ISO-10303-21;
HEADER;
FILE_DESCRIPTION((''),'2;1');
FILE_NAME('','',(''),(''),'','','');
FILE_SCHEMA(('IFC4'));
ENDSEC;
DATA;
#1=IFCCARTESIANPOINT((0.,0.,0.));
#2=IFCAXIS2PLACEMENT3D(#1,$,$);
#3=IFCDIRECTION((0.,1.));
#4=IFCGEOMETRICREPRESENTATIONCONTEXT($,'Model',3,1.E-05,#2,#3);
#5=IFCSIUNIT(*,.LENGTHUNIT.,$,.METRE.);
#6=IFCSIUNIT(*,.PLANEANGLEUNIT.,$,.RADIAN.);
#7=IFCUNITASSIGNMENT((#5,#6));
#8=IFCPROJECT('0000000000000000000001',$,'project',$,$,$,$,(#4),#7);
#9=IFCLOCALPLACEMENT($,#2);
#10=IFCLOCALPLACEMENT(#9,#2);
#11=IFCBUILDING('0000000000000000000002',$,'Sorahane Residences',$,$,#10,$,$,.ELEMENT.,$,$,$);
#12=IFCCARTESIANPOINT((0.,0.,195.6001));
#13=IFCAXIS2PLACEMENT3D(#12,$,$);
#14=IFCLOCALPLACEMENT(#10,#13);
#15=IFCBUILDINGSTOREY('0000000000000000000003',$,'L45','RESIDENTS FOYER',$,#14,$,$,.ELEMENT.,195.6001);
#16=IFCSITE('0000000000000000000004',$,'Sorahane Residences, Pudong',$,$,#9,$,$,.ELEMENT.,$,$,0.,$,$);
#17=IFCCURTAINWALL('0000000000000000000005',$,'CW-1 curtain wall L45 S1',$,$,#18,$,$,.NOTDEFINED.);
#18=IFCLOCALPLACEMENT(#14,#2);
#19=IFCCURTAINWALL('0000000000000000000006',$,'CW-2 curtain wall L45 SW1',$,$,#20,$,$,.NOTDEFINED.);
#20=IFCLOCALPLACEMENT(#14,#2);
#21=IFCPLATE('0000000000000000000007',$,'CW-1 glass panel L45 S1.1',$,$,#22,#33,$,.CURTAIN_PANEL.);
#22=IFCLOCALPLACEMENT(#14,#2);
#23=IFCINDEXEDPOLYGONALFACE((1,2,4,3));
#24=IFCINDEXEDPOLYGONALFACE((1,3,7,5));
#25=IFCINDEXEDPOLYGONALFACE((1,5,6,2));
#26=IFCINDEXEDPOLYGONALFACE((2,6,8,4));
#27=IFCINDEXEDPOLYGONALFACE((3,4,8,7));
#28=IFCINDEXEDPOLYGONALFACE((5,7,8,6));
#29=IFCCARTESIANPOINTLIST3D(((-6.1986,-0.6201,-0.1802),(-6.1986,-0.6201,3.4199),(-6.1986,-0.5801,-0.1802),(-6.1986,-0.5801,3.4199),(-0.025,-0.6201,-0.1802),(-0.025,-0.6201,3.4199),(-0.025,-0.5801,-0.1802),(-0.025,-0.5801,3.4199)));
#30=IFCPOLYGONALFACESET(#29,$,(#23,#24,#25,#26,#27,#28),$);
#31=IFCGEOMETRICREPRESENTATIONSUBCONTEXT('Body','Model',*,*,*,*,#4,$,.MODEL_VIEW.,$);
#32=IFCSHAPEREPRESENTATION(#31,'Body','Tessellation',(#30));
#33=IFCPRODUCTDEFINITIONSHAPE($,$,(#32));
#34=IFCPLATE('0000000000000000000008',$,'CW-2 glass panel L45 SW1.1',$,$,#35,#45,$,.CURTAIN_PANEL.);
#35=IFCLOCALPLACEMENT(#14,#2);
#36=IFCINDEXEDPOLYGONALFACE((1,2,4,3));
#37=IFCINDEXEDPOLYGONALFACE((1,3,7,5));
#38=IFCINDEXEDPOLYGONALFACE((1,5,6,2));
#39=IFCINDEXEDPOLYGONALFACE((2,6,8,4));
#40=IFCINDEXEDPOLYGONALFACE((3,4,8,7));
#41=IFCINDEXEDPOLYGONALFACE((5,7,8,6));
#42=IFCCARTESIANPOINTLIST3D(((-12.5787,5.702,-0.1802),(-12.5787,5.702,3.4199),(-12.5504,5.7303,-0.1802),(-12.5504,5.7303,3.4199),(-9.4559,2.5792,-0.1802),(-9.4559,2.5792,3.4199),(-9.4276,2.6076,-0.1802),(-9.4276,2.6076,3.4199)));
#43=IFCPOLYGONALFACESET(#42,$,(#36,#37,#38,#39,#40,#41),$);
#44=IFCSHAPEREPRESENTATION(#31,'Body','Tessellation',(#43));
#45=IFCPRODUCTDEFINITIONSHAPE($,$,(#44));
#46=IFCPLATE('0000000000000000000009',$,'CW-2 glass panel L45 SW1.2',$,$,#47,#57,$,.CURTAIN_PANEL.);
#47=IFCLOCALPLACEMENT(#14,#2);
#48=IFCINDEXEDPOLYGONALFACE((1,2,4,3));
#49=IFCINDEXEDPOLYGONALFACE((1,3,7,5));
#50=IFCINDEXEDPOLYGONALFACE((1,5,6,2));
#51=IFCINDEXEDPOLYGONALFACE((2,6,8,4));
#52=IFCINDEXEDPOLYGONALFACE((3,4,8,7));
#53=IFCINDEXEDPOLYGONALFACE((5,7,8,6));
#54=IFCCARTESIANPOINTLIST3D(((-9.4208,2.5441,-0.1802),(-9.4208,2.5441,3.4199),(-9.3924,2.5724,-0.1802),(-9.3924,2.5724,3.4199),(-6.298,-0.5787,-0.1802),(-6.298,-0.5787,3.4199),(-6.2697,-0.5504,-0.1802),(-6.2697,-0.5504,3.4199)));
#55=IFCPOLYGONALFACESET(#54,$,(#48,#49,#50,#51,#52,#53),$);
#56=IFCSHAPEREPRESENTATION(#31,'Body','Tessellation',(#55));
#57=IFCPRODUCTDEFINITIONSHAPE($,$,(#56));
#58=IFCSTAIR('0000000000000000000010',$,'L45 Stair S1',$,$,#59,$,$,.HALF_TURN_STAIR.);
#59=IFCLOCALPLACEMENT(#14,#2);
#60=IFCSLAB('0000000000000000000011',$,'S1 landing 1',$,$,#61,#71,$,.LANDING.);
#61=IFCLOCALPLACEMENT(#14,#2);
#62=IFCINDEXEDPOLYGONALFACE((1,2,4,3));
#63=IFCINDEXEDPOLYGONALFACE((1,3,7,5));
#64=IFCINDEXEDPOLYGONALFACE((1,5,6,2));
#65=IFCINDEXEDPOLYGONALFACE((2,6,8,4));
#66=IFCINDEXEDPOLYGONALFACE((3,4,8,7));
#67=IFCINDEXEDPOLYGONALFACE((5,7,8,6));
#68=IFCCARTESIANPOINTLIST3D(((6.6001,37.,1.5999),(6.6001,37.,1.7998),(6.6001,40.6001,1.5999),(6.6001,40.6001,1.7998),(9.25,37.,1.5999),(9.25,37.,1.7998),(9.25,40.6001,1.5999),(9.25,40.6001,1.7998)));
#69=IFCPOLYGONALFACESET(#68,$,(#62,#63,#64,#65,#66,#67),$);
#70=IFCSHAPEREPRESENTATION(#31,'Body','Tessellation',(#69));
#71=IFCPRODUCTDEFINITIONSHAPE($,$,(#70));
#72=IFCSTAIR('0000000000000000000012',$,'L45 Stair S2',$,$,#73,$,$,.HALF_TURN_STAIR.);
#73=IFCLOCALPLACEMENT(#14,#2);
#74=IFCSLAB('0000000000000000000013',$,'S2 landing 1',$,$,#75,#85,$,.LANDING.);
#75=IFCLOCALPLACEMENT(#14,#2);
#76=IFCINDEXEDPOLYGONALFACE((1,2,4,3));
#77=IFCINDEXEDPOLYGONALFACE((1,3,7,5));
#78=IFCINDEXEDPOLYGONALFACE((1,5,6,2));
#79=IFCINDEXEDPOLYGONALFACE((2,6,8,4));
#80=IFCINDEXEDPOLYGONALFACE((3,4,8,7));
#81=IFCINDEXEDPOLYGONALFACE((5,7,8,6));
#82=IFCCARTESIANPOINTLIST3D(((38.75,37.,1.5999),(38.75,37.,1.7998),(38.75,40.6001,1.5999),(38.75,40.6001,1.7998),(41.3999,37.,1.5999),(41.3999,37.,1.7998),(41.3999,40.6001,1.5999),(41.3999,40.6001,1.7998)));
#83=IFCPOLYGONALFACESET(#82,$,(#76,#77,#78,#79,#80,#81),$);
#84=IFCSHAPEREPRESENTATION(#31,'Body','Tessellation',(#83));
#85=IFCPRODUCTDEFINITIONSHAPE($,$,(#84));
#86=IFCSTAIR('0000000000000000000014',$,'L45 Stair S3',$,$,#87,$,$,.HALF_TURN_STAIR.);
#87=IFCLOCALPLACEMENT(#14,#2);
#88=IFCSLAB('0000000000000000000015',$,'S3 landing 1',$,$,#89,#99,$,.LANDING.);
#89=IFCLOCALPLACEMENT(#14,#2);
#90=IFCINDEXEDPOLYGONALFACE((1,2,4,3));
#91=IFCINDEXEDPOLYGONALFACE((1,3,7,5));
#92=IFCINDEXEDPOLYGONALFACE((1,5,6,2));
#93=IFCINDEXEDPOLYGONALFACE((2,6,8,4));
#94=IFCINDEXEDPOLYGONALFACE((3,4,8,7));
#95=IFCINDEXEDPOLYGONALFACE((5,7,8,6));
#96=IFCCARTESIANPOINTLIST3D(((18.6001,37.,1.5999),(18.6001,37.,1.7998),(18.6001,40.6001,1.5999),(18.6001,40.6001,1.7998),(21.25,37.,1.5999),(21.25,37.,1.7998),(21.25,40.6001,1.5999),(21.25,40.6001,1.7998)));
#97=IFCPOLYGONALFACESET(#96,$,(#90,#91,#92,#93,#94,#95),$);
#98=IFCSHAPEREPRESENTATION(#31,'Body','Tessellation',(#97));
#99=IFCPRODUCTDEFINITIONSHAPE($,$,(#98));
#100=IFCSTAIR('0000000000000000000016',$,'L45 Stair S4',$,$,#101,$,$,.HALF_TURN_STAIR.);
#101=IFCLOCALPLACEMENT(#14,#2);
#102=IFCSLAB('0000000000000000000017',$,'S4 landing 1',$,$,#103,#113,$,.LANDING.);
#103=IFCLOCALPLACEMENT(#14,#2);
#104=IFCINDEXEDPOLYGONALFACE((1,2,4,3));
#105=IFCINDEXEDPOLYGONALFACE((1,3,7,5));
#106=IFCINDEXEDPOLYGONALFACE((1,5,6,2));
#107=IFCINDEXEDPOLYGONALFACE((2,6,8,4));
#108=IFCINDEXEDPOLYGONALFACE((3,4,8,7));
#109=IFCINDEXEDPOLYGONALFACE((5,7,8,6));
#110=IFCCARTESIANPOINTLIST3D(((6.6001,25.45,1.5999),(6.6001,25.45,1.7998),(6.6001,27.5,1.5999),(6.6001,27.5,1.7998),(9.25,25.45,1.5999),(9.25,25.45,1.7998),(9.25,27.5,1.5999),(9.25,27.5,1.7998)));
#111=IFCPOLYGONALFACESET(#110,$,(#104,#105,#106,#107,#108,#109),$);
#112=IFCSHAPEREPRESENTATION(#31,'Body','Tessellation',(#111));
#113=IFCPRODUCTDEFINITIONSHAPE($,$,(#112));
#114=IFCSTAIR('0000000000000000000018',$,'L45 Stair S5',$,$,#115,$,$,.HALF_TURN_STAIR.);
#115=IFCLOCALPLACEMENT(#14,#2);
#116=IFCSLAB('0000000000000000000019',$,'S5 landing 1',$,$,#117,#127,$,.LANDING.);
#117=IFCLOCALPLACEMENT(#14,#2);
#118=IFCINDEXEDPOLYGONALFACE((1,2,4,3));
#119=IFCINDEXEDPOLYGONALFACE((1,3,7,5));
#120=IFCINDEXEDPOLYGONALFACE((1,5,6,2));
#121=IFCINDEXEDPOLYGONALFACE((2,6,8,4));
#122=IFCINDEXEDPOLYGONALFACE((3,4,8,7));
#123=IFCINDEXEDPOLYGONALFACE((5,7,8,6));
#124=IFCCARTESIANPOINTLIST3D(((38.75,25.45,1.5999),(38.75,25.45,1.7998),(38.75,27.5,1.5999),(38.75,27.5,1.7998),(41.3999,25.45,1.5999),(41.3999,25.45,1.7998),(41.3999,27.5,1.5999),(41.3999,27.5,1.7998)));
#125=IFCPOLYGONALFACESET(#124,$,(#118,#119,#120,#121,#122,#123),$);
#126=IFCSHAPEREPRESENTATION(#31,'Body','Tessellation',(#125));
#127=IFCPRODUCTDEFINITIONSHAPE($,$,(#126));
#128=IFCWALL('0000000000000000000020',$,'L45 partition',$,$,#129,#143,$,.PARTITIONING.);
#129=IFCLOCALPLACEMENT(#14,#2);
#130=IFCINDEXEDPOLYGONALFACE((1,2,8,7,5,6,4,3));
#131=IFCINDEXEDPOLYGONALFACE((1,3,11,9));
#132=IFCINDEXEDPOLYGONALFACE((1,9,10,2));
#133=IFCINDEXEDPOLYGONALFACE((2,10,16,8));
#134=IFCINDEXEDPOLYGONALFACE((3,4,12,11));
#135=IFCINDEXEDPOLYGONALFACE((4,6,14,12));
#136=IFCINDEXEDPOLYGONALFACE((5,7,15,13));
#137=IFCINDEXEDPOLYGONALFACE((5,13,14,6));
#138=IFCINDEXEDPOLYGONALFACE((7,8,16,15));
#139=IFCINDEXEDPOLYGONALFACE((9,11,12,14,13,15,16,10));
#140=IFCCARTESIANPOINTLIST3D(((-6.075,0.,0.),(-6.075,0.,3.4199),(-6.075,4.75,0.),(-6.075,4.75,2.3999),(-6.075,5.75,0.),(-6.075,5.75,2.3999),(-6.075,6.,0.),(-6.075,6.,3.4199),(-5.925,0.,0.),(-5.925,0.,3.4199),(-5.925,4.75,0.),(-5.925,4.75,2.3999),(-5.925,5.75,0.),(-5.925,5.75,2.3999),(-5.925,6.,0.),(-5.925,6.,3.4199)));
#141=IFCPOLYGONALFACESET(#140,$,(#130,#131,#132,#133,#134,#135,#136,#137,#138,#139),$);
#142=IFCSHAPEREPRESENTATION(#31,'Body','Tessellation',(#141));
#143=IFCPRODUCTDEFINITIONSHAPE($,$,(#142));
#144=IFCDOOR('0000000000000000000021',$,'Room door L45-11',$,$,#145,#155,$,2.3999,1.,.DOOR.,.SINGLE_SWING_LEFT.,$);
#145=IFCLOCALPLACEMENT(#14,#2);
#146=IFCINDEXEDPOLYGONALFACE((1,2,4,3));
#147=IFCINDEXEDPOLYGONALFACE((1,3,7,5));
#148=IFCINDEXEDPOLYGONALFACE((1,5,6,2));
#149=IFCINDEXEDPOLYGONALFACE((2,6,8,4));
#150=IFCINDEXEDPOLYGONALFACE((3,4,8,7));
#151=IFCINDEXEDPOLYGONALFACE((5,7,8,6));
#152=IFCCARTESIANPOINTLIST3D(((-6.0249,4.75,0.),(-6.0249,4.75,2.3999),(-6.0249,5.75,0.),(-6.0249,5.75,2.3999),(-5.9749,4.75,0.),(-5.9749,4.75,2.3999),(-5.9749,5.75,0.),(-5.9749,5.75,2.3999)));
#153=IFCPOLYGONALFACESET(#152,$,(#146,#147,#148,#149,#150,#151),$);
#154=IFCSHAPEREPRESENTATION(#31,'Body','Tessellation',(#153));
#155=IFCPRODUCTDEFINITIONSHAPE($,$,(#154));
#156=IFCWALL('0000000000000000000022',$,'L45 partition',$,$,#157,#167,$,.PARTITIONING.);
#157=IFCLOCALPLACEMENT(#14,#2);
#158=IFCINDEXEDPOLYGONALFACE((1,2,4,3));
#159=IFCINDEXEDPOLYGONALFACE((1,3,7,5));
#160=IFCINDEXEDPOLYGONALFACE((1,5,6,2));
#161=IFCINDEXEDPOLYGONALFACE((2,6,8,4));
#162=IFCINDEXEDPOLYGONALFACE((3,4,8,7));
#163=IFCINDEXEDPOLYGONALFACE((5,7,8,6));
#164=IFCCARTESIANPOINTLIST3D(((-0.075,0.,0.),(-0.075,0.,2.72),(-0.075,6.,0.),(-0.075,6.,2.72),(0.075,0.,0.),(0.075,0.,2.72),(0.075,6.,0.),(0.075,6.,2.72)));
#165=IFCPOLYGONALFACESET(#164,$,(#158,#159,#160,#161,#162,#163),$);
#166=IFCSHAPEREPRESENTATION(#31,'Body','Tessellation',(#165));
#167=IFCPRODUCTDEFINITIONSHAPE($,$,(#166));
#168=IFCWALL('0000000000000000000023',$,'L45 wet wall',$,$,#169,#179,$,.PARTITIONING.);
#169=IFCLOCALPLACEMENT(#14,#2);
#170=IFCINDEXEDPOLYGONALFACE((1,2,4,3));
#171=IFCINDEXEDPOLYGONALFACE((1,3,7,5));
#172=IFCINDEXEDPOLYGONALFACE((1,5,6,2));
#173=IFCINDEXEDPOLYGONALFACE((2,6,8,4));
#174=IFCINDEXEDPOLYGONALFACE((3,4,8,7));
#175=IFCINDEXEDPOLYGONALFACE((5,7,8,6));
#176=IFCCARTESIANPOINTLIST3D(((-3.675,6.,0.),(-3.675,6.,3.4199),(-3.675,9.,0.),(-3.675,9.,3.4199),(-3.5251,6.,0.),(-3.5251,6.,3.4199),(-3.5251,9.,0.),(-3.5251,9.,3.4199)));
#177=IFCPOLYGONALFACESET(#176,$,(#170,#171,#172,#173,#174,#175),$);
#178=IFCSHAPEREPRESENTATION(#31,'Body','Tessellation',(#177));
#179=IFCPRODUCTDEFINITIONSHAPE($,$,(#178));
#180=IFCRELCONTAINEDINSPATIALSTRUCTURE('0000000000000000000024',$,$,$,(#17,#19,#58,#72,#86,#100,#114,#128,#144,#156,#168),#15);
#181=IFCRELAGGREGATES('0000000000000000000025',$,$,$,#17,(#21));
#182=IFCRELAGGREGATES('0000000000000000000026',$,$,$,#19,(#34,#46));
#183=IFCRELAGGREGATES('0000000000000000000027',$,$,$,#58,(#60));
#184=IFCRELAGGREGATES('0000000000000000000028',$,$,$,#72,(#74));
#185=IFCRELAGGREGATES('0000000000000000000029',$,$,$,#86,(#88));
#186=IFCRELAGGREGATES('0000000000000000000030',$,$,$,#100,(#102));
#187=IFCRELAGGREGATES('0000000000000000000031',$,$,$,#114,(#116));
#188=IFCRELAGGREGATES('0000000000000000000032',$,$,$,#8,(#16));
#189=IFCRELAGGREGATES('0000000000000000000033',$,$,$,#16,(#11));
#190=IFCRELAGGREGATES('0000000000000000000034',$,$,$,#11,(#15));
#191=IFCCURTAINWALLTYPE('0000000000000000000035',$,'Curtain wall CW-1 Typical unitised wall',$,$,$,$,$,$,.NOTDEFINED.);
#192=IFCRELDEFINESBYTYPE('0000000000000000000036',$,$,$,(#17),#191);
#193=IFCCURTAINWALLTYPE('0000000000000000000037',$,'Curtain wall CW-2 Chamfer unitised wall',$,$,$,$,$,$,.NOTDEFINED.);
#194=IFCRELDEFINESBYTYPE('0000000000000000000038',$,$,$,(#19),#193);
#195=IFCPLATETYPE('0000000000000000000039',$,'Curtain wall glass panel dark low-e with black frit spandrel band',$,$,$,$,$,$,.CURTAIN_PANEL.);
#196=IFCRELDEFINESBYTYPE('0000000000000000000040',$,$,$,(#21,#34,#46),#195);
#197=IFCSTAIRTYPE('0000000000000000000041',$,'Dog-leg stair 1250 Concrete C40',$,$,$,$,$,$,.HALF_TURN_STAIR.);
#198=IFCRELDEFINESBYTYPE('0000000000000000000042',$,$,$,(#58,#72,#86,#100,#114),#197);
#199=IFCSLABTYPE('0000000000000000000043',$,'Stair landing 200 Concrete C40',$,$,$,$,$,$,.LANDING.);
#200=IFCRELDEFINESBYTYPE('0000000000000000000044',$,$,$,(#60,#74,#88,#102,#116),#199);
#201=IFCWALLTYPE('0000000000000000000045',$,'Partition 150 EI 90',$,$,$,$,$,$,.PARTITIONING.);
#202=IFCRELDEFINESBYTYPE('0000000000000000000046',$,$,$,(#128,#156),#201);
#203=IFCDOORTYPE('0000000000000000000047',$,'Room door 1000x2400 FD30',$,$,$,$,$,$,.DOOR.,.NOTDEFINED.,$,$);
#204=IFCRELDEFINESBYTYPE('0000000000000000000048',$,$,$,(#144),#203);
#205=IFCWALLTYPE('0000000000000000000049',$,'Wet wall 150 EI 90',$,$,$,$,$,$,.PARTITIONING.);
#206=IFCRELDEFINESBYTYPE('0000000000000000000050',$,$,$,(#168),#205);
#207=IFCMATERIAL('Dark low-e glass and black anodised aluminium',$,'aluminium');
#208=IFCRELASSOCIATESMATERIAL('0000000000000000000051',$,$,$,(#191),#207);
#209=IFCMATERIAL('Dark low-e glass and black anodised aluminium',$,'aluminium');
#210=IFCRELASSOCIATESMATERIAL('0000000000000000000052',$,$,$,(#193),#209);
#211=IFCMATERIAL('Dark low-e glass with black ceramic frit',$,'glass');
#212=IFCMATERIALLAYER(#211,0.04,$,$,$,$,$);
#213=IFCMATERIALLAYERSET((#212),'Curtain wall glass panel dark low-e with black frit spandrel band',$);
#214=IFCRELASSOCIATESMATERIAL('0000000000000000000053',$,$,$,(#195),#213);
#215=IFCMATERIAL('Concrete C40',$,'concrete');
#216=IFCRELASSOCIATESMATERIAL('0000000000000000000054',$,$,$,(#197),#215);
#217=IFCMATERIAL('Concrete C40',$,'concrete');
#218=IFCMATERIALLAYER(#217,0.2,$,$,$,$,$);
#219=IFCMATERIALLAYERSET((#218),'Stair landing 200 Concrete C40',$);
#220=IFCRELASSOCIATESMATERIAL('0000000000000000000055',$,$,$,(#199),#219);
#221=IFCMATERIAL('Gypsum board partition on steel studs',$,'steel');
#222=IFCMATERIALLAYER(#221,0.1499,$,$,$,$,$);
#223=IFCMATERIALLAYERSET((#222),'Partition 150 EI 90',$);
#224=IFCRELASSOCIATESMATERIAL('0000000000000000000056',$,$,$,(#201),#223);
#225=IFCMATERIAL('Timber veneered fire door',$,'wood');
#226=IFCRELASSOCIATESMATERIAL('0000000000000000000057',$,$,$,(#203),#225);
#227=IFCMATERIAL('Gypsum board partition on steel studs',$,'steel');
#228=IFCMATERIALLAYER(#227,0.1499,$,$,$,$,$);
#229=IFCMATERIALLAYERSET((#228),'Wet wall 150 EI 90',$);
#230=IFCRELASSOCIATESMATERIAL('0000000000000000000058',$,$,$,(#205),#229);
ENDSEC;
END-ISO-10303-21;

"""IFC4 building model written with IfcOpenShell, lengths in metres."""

from ifc_helpers import new_model, si_unit, direction, frame, frame_2d, origin, origin_2d, place, context, subcontext, project, spatial, polyline, rectangle, outline, extrude, material, layer, layer_set, type_object, element, fill, aggregate, save


model = new_model("IFC4")

# Units and contexts
model_context = context("Model", 3, precision=1e-05, world=origin(), true_north=direction((0.0, 1.0)))
body_context = subcontext(model_context, "Body", "Model", "MODEL_VIEW")
ifc_project = project(units=[si_unit("LENGTHUNIT", "METRE"), si_unit("PLANEANGLEUNIT", "RADIAN")], contexts=[model_context])

# Site, building, storey
site_placement = place(None, origin())
site = spatial("IfcSite", under=ifc_project, at=site_placement, Name="Sorahane Residences, Pudong", CompositionType="ELEMENT", RefElevation=0.0)
building_placement = place(site_placement, origin())
building = spatial("IfcBuilding", under=site, at=building_placement, Name="Sorahane Residences", CompositionType="ELEMENT")
storey_placement = place(building_placement, frame((0.0, 0.0, 195.6001)))
storey = spatial("IfcBuildingStorey", under=building, at=storey_placement, Name="L45", Description="RESIDENTS FOYER", CompositionType="ELEMENT", Elevation=195.6001)

# Curtain wall
ifc_material_1 = material(Name="Dark low-e glass and black anodised aluminium", Category="aluminium")
curtain_wall_type_1 = type_object("IfcCurtainWallType", Name="Curtain wall CW-1 Typical unitised wall", PredefinedType="NOTDEFINED", material=ifc_material_1)
curtain_wall_1_placement = place(storey_placement, origin())
curtain_wall_1 = element("IfcCurtainWall", 1, at=curtain_wall_1_placement, inside=storey, type_object=curtain_wall_type_1, Name="CW-1 curtain wall L45 S1", PredefinedType="NOTDEFINED")

# Curtain wall
ifc_material_2 = material(Name="Dark low-e glass and black anodised aluminium", Category="aluminium")
curtain_wall_type_2 = type_object("IfcCurtainWallType", Name="Curtain wall CW-2 Chamfer unitised wall", PredefinedType="NOTDEFINED", material=ifc_material_2)
curtain_wall_2_placement = place(storey_placement, origin())
curtain_wall_2 = element("IfcCurtainWall", 2, at=curtain_wall_2_placement, inside=storey, type_object=curtain_wall_type_2, Name="CW-2 curtain wall L45 SW1", PredefinedType="NOTDEFINED")

# Plates
ifc_material_3 = material(Name="Dark low-e glass with black ceramic frit", Category="glass")
ifc_layer_1 = layer(ifc_material_3, 0.04)
ifc_layer_set_1 = layer_set([ifc_layer_1], Name="Curtain wall glass panel dark low-e with black frit spandrel band")
plate_type = type_object("IfcPlateType", Name="Curtain wall glass panel dark low-e with black frit spandrel band", PredefinedType="CURTAIN_PANEL", material=ifc_layer_set_1)
plate_1_placement = place(storey_placement, frame((-3.1118, -0.6001, -0.1802), z_axis=(0.0, 0.0, 1.0), x_axis=(1.0, 0.0, 0.0)))
plate_1 = element("IfcPlate", 3, at=plate_1_placement, type_object=plate_type, Name="CW-1 glass panel L45 S1.1", PredefinedType="CURTAIN_PANEL", context=body_context, shape_type="SweptSolid", body=[
    extrude(rectangle(XDim=6.1736, YDim=0.04, at=origin_2d()), origin(), (0.0, 0.0, 1.0), 3.6001),
])
aggregate(curtain_wall_1, [plate_1])
plate_2_placement = place(storey_placement, frame((-11.0032, 4.1548, -0.1802), z_axis=(0.0, 0.0, 1.0), x_axis=(0.707107, -0.707107, 0.0)))
plate_2 = element("IfcPlate", 4, at=plate_2_placement, type_object=plate_type, Name="CW-2 glass panel L45 SW1.1", PredefinedType="CURTAIN_PANEL", context=body_context, shape_type="SweptSolid", body=[
    extrude(rectangle(XDim=4.4163, YDim=0.04, at=origin_2d()), origin(), (0.0, 0.0, 1.0), 3.6001),
])
plate_3_placement = place(storey_placement, frame((-7.8452, 0.9968, -0.1802), z_axis=(0.0, 0.0, 1.0), x_axis=(0.707107, -0.707107, 0.0)))
plate_3 = element("IfcPlate", 5, at=plate_3_placement, type_object=plate_type, Name="CW-2 glass panel L45 SW1.2", PredefinedType="CURTAIN_PANEL", context=body_context, shape_type="SweptSolid", body=[
    extrude(rectangle(XDim=4.4163, YDim=0.04, at=origin_2d()), origin(), (0.0, 0.0, 1.0), 3.6001),
])
aggregate(curtain_wall_2, [plate_2, plate_3])

# Stairs, slabs
ifc_material_4 = material(Name="Concrete C40", Category="concrete")
stair_type = type_object("IfcStairType", Name="Dog-leg stair 1250 Concrete C40", PredefinedType="HALF_TURN_STAIR", material=ifc_material_4)
stair_1_placement = place(storey_placement, origin())
stair_1 = element("IfcStair", 6, at=stair_1_placement, inside=storey, type_object=stair_type, Name="L45 Stair S1", PredefinedType="HALF_TURN_STAIR")
ifc_material_5 = material(Name="Concrete C40", Category="concrete")
ifc_layer_2 = layer(ifc_material_5, 0.2)
ifc_layer_set_2 = layer_set([ifc_layer_2], Name="Stair landing 200 Concrete C40")
slab_type_1 = type_object("IfcSlabType", Name="Stair landing 200 Concrete C40", PredefinedType="LANDING", material=ifc_layer_set_2)
slab_1_placement = place(storey_placement, frame((0.0, 0.0, 1.5999)))
slab_1 = element("IfcSlab", 7, at=slab_1_placement, type_object=slab_type_1, Name="S1 landing 1", PredefinedType="LANDING", context=body_context, shape_type="SweptSolid", body=[
    extrude(outline(polyline([(6.6001, 40.6001), (6.6001, 37.0), (9.25, 37.0), (9.25, 40.6001), (6.6001, 40.6001)])), origin(), (0.0, 0.0, 1.0), 0.2),
])
aggregate(stair_1, [slab_1])
stair_2_placement = place(storey_placement, origin())
stair_2 = element("IfcStair", 8, at=stair_2_placement, inside=storey, type_object=stair_type, Name="L45 Stair S2", PredefinedType="HALF_TURN_STAIR")
slab_2_placement = place(storey_placement, frame((0.0, 0.0, 1.5999)))
slab_2 = element("IfcSlab", 9, at=slab_2_placement, type_object=slab_type_1, Name="S2 landing 1", PredefinedType="LANDING", context=body_context, shape_type="SweptSolid", body=[
    extrude(outline(polyline([(38.75, 40.6001), (38.75, 37.0), (41.3999, 37.0), (41.3999, 40.6001), (38.75, 40.6001)])), origin(), (0.0, 0.0, 1.0), 0.2),
])
aggregate(stair_2, [slab_2])
stair_3_placement = place(storey_placement, origin())
stair_3 = element("IfcStair", 10, at=stair_3_placement, inside=storey, type_object=stair_type, Name="L45 Stair S3", PredefinedType="HALF_TURN_STAIR")
slab_3_placement = place(storey_placement, frame((0.0, 0.0, 1.5999)))
slab_3 = element("IfcSlab", 11, at=slab_3_placement, type_object=slab_type_1, Name="S3 landing 1", PredefinedType="LANDING", context=body_context, shape_type="SweptSolid", body=[
    extrude(outline(polyline([(18.6001, 40.6001), (18.6001, 37.0), (21.25, 37.0), (21.25, 40.6001), (18.6001, 40.6001)])), origin(), (0.0, 0.0, 1.0), 0.2),
])
aggregate(stair_3, [slab_3])
stair_4_placement = place(storey_placement, origin())
stair_4 = element("IfcStair", 12, at=stair_4_placement, inside=storey, type_object=stair_type, Name="L45 Stair S4", PredefinedType="HALF_TURN_STAIR")
slab_4_placement = place(storey_placement, frame((0.0, 0.0, 1.5999)))
slab_4 = element("IfcSlab", 13, at=slab_4_placement, type_object=slab_type_1, Name="S4 landing 1", PredefinedType="LANDING", context=body_context, shape_type="SweptSolid", body=[
    extrude(outline(polyline([(9.25, 25.45), (9.25, 27.5), (6.6001, 27.5), (6.6001, 25.45), (9.25, 25.45)])), origin(), (0.0, 0.0, 1.0), 0.2),
])
aggregate(stair_4, [slab_4])
stair_5_placement = place(storey_placement, origin())
stair_5 = element("IfcStair", 14, at=stair_5_placement, inside=storey, type_object=stair_type, Name="L45 Stair S5", PredefinedType="HALF_TURN_STAIR")
slab_5_placement = place(storey_placement, frame((0.0, 0.0, 1.5999)))
slab_5 = element("IfcSlab", 15, at=slab_5_placement, type_object=slab_type_1, Name="S5 landing 1", PredefinedType="LANDING", context=body_context, shape_type="SweptSolid", body=[
    extrude(outline(polyline([(41.3999, 25.45), (41.3999, 27.5), (38.75, 27.5), (38.75, 25.45), (41.3999, 25.45)])), origin(), (0.0, 0.0, 1.0), 0.2),
])
aggregate(stair_5, [slab_5])

# Wall, opening, door
ifc_material_6 = material(Name="Gypsum board partition on steel studs", Category="steel")
ifc_layer_3 = layer(ifc_material_6, 0.1499)
ifc_layer_set_3 = layer_set([ifc_layer_3], Name="Partition 150 EI 90")
wall_type_1 = type_object("IfcWallType", Name="Partition 150 EI 90", PredefinedType="PARTITIONING", material=ifc_layer_set_3)
wall_1_placement = place(storey_placement, frame((-6.0, 0.0, 0.0), z_axis=(0.0, 0.0, 1.0), x_axis=(0.0, 1.0, 0.0)))
wall_1 = element("IfcWall", 16, at=wall_1_placement, inside=storey, type_object=wall_type_1, Name="L45 partition", PredefinedType="PARTITIONING", context=body_context, shape_type="SweptSolid", body=[
    extrude(rectangle(XDim=6.0, YDim=0.1499, at=frame_2d((3.0, 0.0))), origin(), (0.0, 0.0, 1.0), 3.4199),
])
opening_1_placement = place(wall_1_placement, frame((4.75, 0.0, 0.0)))
opening_1 = element("IfcOpeningElement", 17, at=opening_1_placement, cuts=wall_1, PredefinedType="OPENING", context=body_context, shape_type="SweptSolid", body=[
    extrude(rectangle(XDim=1.0, YDim=2.3999, at=frame_2d((0.5, 1.2))), frame((0.0, 0.085, 0.0), z_axis=(0.0, -1.0, 0.0), x_axis=(1.0, 0.0, 0.0)), (0.0, 0.0, 1.0), 0.1699),
])
ifc_material_7 = material(Name="Timber veneered fire door", Category="wood")
door_type_1 = type_object("IfcDoorType", Name="Room door 1000x2400 FD30", OperationType="NOTDEFINED", PredefinedType="DOOR", material=ifc_material_7)
door_1_placement = place(opening_1_placement, origin())
door_1 = element("IfcDoor", 18, at=door_1_placement, inside=storey, type_object=door_type_1, Name="Room door L45-11", OperationType="SINGLE_SWING_LEFT", OverallHeight=2.3999, OverallWidth=1.0, PredefinedType="DOOR", context=body_context, shape_type="SweptSolid", body=[
    extrude(rectangle(XDim=1.0, YDim=2.3999, at=frame_2d((0.5, 1.2))), frame((0.0, 0.0249, 0.0), z_axis=(0.0, -1.0, 0.0), x_axis=(1.0, 0.0, 0.0)), (0.0, 0.0, 1.0), 0.05),
])
fill(opening_1, door_1)

# Walls
wall_2_placement = place(storey_placement, frame((0.0, 0.0, 0.0), z_axis=(0.0, 0.0, 1.0), x_axis=(0.0, 1.0, 0.0)))
element("IfcWall", 19, at=wall_2_placement, inside=storey, type_object=wall_type_1, Name="L45 partition", PredefinedType="PARTITIONING", context=body_context, shape_type="SweptSolid", body=[
    extrude(rectangle(XDim=6.0, YDim=0.1499, at=frame_2d((3.0, 0.0))), origin(), (0.0, 0.0, 1.0), 2.72),
])
ifc_material_8 = material(Name="Gypsum board partition on steel studs", Category="steel")
ifc_layer_4 = layer(ifc_material_8, 0.1499)
ifc_layer_set_4 = layer_set([ifc_layer_4], Name="Wet wall 150 EI 90")
wall_type_2 = type_object("IfcWallType", Name="Wet wall 150 EI 90", PredefinedType="PARTITIONING", material=ifc_layer_set_4)
wall_3_placement = place(storey_placement, frame((-3.6001, 6.0, 0.0), z_axis=(0.0, 0.0, 1.0), x_axis=(0.0, 1.0, 0.0)))
element("IfcWall", 20, at=wall_3_placement, inside=storey, type_object=wall_type_2, Name="L45 wet wall", PredefinedType="PARTITIONING", context=body_context, shape_type="SweptSolid", body=[
    extrude(rectangle(XDim=3.0, YDim=0.1499, at=frame_2d((1.5, 0.0))), origin(), (0.0, 0.0, 1.0), 3.4199),
])

save(model, "model.ifc")
